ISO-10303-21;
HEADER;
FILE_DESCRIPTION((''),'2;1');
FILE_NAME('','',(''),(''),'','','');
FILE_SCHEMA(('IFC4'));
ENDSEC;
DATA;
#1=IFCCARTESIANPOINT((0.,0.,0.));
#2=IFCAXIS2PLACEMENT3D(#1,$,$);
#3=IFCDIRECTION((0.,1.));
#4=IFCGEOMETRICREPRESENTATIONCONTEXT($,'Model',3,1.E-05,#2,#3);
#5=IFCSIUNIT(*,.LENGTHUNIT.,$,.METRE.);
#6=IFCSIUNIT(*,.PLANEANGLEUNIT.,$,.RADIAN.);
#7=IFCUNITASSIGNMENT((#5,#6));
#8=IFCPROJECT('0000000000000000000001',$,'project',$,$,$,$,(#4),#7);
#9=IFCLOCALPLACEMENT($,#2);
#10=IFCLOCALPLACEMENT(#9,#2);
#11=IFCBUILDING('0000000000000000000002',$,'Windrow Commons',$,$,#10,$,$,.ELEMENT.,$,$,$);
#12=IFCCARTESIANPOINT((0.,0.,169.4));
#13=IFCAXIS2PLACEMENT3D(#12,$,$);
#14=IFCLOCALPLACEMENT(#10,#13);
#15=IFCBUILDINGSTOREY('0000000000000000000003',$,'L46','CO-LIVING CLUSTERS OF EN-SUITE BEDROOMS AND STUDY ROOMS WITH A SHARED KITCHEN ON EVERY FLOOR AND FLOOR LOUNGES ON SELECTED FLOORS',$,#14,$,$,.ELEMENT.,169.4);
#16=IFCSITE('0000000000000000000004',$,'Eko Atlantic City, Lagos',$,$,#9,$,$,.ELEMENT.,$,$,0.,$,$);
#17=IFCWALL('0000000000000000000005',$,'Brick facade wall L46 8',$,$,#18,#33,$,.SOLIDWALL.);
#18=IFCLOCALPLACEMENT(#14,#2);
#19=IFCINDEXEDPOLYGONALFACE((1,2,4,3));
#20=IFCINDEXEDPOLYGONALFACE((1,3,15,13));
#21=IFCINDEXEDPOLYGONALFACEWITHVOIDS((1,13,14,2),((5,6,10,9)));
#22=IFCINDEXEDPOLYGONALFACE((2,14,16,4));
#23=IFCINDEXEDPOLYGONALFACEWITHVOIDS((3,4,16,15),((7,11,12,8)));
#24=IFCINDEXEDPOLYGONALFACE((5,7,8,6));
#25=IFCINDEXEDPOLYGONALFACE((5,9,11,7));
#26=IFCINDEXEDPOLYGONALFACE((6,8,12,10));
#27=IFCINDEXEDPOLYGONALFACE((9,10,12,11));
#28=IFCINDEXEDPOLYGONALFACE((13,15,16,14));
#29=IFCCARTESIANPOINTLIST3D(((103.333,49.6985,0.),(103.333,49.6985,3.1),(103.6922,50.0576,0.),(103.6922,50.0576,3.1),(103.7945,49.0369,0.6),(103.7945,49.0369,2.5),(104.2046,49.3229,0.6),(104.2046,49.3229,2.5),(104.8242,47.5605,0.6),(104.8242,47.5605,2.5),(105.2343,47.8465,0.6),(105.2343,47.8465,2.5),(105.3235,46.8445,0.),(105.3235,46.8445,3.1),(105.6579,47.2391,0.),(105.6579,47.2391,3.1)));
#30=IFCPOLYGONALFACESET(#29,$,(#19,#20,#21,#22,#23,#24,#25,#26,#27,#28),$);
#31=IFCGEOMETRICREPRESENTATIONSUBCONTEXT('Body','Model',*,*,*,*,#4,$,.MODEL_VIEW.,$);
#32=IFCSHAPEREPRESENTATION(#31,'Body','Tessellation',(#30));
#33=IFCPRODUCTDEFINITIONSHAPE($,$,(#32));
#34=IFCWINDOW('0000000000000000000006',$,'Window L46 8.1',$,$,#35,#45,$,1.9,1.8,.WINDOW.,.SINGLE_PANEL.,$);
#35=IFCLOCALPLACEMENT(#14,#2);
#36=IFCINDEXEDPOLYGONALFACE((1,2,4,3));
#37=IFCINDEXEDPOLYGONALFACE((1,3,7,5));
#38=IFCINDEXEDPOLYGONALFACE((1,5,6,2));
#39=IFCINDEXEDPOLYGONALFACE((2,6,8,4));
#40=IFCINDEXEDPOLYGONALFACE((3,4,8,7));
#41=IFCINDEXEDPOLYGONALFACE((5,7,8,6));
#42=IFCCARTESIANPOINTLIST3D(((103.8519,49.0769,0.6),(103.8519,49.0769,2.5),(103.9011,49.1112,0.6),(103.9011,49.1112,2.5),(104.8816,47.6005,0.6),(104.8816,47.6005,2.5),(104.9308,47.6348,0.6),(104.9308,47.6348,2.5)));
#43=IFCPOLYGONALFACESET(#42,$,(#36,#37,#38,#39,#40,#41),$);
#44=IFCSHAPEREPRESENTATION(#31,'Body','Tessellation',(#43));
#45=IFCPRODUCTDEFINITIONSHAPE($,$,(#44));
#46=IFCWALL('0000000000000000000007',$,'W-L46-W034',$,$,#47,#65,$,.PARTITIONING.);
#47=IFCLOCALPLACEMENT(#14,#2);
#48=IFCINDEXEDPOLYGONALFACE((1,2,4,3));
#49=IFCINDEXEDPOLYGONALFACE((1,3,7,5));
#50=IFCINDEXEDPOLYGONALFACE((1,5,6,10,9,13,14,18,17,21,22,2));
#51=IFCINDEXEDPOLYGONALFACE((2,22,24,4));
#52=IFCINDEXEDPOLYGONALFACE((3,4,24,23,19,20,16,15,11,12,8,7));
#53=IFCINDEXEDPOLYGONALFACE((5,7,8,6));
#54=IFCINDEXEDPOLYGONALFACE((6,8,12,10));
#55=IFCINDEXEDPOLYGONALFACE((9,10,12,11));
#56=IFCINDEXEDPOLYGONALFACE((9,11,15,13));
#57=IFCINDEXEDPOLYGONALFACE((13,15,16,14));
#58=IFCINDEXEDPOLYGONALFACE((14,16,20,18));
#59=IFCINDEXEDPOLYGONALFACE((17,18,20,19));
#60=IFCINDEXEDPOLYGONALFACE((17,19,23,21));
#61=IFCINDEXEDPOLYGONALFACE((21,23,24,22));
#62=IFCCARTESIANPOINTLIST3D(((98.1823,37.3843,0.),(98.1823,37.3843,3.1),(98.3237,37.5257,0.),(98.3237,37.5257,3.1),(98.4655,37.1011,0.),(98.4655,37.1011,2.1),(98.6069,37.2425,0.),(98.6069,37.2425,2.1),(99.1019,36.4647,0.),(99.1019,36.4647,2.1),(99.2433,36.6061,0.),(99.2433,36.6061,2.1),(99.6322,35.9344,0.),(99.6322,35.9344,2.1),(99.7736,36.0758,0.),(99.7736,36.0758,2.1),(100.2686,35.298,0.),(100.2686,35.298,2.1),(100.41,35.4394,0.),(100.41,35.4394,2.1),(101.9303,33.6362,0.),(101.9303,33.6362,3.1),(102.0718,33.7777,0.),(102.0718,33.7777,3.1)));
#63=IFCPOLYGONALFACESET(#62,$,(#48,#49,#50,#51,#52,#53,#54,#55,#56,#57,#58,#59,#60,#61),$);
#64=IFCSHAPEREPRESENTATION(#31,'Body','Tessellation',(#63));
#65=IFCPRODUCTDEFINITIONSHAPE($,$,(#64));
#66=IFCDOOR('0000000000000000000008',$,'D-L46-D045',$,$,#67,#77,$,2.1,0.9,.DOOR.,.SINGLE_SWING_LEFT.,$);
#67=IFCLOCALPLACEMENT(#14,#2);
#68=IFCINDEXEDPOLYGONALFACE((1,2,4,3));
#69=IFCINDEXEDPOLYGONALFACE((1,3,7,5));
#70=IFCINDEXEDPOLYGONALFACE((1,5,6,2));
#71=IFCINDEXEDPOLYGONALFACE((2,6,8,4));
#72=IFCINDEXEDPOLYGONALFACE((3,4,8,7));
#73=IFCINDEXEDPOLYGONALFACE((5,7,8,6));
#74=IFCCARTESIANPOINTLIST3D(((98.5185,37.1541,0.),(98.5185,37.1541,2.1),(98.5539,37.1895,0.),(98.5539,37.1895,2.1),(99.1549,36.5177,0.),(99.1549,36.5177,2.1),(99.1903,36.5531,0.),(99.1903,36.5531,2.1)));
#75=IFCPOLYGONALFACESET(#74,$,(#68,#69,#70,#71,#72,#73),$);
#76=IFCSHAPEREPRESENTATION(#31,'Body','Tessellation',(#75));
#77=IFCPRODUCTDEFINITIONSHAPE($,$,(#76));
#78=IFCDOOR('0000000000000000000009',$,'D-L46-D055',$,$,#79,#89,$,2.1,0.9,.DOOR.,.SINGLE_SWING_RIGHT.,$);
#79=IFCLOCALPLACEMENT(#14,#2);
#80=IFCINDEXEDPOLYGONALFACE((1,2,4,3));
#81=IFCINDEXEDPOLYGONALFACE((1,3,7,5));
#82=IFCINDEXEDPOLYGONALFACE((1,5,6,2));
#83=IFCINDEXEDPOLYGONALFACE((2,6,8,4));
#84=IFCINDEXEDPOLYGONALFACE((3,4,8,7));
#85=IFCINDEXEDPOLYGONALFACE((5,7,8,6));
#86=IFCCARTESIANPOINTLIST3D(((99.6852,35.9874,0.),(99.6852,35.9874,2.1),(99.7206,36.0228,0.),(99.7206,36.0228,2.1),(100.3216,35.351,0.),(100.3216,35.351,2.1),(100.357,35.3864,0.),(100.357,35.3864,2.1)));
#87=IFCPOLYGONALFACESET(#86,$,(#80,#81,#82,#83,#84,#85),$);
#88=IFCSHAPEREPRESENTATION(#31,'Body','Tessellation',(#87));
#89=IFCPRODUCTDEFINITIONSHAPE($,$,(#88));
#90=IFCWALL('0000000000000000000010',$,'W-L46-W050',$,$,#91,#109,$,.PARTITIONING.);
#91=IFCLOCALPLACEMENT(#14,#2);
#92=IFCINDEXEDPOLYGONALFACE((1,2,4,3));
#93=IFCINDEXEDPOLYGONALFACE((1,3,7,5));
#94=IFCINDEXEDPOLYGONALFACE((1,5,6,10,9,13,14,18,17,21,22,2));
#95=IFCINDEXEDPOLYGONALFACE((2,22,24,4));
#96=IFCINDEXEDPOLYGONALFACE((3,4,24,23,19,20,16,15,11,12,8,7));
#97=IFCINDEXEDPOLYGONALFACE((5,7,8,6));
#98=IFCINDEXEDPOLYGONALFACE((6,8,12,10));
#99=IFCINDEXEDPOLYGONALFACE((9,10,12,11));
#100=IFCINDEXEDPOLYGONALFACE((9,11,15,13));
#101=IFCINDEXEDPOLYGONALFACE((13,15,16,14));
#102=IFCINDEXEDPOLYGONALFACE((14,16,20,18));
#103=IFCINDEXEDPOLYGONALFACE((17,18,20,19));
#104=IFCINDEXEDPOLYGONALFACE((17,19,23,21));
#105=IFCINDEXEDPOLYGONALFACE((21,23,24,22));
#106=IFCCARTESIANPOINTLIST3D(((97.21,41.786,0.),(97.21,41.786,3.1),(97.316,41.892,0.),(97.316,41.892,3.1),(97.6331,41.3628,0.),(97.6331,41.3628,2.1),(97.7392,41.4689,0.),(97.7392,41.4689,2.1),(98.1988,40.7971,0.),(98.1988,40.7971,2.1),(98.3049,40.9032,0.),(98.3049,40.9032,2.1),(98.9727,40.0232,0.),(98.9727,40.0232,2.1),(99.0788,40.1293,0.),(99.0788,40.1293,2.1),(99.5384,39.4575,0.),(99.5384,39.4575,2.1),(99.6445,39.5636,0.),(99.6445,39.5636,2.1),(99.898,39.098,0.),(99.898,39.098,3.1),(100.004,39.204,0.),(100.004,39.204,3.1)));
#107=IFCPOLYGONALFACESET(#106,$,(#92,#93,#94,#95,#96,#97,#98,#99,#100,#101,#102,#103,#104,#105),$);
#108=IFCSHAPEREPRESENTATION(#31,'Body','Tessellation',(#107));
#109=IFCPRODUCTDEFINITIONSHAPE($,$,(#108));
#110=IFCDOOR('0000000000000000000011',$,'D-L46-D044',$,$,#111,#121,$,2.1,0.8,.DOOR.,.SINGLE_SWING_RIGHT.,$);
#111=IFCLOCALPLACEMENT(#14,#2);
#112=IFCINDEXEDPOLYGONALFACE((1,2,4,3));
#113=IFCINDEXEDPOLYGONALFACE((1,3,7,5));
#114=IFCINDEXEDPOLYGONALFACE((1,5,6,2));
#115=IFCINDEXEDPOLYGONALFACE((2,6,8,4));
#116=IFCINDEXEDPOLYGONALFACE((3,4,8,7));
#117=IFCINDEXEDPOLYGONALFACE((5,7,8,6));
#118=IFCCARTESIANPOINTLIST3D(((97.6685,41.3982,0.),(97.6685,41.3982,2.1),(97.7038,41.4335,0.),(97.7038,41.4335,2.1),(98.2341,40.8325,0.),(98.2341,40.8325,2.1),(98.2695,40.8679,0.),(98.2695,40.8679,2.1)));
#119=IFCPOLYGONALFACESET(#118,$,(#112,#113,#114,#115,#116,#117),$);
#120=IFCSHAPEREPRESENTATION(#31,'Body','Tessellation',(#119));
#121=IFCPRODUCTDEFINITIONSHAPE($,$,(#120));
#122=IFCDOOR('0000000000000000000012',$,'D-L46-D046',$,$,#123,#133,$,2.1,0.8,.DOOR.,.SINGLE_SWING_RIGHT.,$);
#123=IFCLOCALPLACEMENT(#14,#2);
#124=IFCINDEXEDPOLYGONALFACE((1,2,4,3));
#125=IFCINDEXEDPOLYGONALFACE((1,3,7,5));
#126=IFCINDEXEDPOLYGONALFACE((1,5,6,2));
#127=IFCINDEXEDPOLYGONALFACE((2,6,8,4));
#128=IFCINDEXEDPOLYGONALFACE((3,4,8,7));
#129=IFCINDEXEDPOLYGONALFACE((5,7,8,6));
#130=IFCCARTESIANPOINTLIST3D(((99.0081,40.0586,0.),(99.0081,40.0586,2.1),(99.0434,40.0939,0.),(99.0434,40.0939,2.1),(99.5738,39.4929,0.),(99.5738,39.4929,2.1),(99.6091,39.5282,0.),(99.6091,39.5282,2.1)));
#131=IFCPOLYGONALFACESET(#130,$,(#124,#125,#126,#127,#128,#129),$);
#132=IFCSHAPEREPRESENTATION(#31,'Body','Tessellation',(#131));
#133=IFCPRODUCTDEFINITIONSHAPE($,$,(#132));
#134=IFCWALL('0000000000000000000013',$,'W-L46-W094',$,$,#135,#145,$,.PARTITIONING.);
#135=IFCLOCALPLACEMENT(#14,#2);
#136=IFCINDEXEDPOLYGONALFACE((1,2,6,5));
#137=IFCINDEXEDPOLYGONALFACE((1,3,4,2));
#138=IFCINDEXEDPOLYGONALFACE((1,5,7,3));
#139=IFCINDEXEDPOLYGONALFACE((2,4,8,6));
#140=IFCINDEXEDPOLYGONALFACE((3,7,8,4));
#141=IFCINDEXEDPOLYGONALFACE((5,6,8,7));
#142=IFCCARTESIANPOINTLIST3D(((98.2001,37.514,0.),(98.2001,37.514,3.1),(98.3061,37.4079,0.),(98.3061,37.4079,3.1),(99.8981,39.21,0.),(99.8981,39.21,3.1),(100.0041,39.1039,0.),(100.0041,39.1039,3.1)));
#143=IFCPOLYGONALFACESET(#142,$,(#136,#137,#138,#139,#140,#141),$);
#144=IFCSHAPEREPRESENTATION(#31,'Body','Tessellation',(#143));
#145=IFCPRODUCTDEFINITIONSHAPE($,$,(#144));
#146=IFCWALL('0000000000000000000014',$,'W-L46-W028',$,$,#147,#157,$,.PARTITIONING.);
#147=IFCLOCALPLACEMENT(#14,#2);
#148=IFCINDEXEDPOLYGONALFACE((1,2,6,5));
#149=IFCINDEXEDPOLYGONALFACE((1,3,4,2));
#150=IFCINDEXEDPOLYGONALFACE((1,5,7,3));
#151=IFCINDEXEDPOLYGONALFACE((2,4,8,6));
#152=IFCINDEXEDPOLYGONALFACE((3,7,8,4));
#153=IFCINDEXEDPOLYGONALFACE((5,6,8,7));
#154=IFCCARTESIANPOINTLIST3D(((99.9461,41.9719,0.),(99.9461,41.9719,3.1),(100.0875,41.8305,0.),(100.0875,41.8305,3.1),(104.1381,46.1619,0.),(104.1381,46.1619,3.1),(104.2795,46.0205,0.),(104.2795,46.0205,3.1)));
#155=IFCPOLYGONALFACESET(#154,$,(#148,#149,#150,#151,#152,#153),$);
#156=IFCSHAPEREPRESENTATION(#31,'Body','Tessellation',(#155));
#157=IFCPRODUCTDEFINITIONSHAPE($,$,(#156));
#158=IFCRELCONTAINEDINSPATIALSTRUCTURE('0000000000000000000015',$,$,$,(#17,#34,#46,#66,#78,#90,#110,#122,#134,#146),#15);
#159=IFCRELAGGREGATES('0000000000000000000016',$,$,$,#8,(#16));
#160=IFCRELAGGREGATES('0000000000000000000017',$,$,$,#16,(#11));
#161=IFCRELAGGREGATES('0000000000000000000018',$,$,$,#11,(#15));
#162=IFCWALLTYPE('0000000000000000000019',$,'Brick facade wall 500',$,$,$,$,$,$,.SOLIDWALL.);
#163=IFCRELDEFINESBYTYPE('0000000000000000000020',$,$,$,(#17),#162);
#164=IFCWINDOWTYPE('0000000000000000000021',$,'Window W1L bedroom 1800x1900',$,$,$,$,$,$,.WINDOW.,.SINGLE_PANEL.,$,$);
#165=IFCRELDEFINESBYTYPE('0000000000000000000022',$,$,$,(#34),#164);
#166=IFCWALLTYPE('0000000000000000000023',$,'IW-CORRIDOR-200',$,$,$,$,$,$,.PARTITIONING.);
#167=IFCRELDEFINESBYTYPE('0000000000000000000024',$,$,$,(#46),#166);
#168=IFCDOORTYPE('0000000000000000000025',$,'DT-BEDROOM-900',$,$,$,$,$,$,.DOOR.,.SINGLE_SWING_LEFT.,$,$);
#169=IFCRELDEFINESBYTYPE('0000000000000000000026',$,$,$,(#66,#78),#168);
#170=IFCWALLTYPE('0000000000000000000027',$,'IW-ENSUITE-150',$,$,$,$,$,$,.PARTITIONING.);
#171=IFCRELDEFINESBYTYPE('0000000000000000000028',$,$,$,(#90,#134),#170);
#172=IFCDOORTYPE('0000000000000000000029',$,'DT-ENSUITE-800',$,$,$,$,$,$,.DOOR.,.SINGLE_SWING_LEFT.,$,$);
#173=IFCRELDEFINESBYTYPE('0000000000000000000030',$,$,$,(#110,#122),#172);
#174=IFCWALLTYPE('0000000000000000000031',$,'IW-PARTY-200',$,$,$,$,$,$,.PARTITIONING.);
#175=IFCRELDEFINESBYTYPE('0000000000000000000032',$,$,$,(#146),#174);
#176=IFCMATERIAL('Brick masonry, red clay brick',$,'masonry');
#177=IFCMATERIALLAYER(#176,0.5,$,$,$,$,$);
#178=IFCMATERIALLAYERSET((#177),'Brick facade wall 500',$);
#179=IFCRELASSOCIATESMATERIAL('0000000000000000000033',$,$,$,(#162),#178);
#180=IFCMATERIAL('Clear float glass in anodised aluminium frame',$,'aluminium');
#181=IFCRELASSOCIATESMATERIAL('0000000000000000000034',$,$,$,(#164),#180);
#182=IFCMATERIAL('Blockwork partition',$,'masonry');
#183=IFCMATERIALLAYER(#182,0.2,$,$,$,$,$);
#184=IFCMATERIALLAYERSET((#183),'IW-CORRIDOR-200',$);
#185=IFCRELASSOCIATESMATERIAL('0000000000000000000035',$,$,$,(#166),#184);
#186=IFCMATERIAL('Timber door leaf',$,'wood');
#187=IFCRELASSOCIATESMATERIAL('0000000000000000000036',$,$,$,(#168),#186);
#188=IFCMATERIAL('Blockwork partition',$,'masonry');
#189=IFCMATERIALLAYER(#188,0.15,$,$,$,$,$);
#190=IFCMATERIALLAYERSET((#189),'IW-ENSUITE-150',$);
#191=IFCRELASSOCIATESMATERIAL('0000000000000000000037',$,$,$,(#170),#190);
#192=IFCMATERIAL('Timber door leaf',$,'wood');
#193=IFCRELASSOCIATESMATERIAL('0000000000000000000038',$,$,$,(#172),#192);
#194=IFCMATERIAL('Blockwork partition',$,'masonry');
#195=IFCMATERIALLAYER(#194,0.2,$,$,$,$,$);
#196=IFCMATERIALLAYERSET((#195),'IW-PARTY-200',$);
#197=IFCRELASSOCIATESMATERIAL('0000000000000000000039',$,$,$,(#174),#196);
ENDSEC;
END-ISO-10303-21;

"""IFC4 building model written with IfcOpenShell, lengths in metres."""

from ifc_helpers import new_model, si_unit, direction, frame, frame_2d, origin, place, context, subcontext, project, spatial, polyline, rectangle, outline, extrude, material, layer, layer_set, type_object, element, fill, save


model = new_model("IFC4")

# Units and contexts
model_context = context("Model", 3, precision=1e-05, world=origin(), true_north=direction((0.0, 1.0)))
body_context = subcontext(model_context, "Body", "Model", "MODEL_VIEW")
ifc_project = project(units=[si_unit("LENGTHUNIT", "METRE"), si_unit("PLANEANGLEUNIT", "RADIAN")], contexts=[model_context])

# Site, building, storey
site_placement = place(None, origin())
site = spatial("IfcSite", under=ifc_project, at=site_placement, Name="Eko Atlantic City, Lagos", CompositionType="ELEMENT", RefElevation=0.0)
building_placement = place(site_placement, origin())
building = spatial("IfcBuilding", under=site, at=building_placement, Name="Windrow Commons", CompositionType="ELEMENT")
storey_placement = place(building_placement, frame((0.0, 0.0, 169.4)))
storey = spatial("IfcBuildingStorey", under=building, at=storey_placement, Name="L46", Description="CO-LIVING CLUSTERS OF EN-SUITE BEDROOMS AND STUDY ROOMS WITH A SHARED KITCHEN ON EVERY FLOOR AND FLOOR LOUNGES ON SELECTED FLOORS", CompositionType="ELEMENT", Elevation=169.4)

# Shared definitions
ifc_material_1 = material(Name="Brick masonry, red clay brick", Category="masonry")
ifc_layer_1 = layer(ifc_material_1, 0.5)
ifc_layer_set_1 = layer_set([ifc_layer_1], Name="Brick facade wall 500")
wall_type_1 = type_object("IfcWallType", Name="Brick facade wall 500", PredefinedType="SOLIDWALL", material=ifc_layer_set_1)
ifc_material_2 = material(Name="Clear float glass in anodised aluminium frame", Category="aluminium")
window_type_1 = type_object("IfcWindowType", Name="Window W1L bedroom 1800x1900", PartitioningType="SINGLE_PANEL", PredefinedType="WINDOW", material=ifc_material_2)

# Wall, opening, window
wall_1_placement = place(storey_placement, frame((105.4907, 47.0418, 0.0), z_axis=(0.0, 0.0, 1.0), x_axis=(-0.572043, 0.820224, 0.0)))
wall_1 = element("IfcWall", 1, at=wall_1_placement, inside=storey, type_object=wall_type_1, Name="Brick facade wall L46 8", PredefinedType="SOLIDWALL", context=body_context, shape_type="SweptSolid", body=[
    extrude(outline(polyline([(0.0662, -0.25), (3.5025, -0.25), (3.4134, 0.25), (-0.0662, 0.25), (0.0662, -0.25)])), origin(), (0.0, 0.0, 1.0), 3.1),
])
opening_1_placement = place(wall_1_placement, frame((0.8067, 0.0, 0.6)))
opening_1 = element("IfcOpeningElement", 2, at=opening_1_placement, cuts=wall_1, PredefinedType="OPENING", context=body_context, shape_type="SweptSolid", body=[
    extrude(rectangle(XDim=1.8, YDim=1.9, at=frame_2d((0.9, 0.95))), frame((0.0, 0.26, 0.0), z_axis=(0.0, -1.0, 0.0), x_axis=(1.0, 0.0, 0.0)), (0.0, 0.0, 1.0), 0.52),
])
window_1_placement = place(opening_1_placement, origin())
window_1 = element("IfcWindow", 3, at=window_1_placement, inside=storey, type_object=window_type_1, Name="Window L46 8.1", OverallHeight=1.9, OverallWidth=1.8, PartitioningType="SINGLE_PANEL", PredefinedType="WINDOW", context=body_context, shape_type="SweptSolid", body=[
    extrude(rectangle(XDim=1.8, YDim=1.9, at=frame_2d((0.9, 0.95))), frame((0.0, 0.18, 0.0), z_axis=(0.0, -1.0, 0.0), x_axis=(1.0, 0.0, 0.0)), (0.0, 0.0, 1.0), 0.06),
])
fill(opening_1, window_1)

# Walls, openings, doors
ifc_material_3 = material(Name="Blockwork partition", Category="masonry")
ifc_layer_2 = layer(ifc_material_3, 0.2)
ifc_layer_set_2 = layer_set([ifc_layer_2], Name="IW-CORRIDOR-200")
wall_type_2 = type_object("IfcWallType", Name="IW-CORRIDOR-200", PredefinedType="PARTITIONING", material=ifc_layer_set_2)
wall_2_placement = place(storey_placement, frame((98.253, 37.455, 0.0), z_axis=(0.0, 0.0, 1.0), x_axis=(0.707107, -0.707107, 0.0)))
wall_2 = element("IfcWall", 4, at=wall_2_placement, inside=storey, type_object=wall_type_2, Name="W-L46-W034", PredefinedType="PARTITIONING", context=body_context, shape_type="SweptSolid", body=[
    extrude(rectangle(XDim=5.3005, YDim=0.2, at=frame_2d((2.6503, 0.0))), origin(), (0.0, 0.0, 1.0), 3.1),
])
opening_2_placement = place(wall_2_placement, frame((0.4005, 0.0, 0.0)))
opening_2 = element("IfcOpeningElement", 5, at=opening_2_placement, cuts=wall_2, PredefinedType="OPENING", context=body_context, shape_type="SweptSolid", body=[
    extrude(rectangle(XDim=0.9, YDim=2.1, at=frame_2d((0.45, 1.05))), frame((0.0, 0.11, 0.0), z_axis=(0.0, -1.0, 0.0), x_axis=(1.0, 0.0, 0.0)), (0.0, 0.0, 1.0), 0.22),
])
opening_3_placement = place(wall_2_placement, frame((2.0505, 0.0, 0.0)))
opening_3 = element("IfcOpeningElement", 6, at=opening_3_placement, cuts=wall_2, PredefinedType="OPENING", context=body_context, shape_type="SweptSolid", body=[
    extrude(rectangle(XDim=0.9, YDim=2.1, at=frame_2d((0.45, 1.05))), frame((0.0, 0.11, 0.0), z_axis=(0.0, -1.0, 0.0), x_axis=(1.0, 0.0, 0.0)), (0.0, 0.0, 1.0), 0.22),
])
ifc_material_4 = material(Name="Timber door leaf", Category="wood")
door_type_1 = type_object("IfcDoorType", Name="DT-BEDROOM-900", OperationType="SINGLE_SWING_LEFT", PredefinedType="DOOR", material=ifc_material_4)
door_1_placement = place(opening_2_placement, origin())
door_1 = element("IfcDoor", 7, at=door_1_placement, inside=storey, type_object=door_type_1, Name="D-L46-D045", OperationType="SINGLE_SWING_LEFT", OverallHeight=2.1, OverallWidth=0.9, PredefinedType="DOOR", context=body_context, shape_type="SweptSolid", body=[
    extrude(rectangle(XDim=0.9, YDim=2.1, at=frame_2d((0.45, 1.05))), frame((0.0, 0.025, 0.0), z_axis=(0.0, -1.0, 0.0), x_axis=(1.0, 0.0, 0.0)), (0.0, 0.0, 1.0), 0.05),
])
fill(opening_2, door_1)
door_2_placement = place(opening_3_placement, origin())
door_2 = element("IfcDoor", 8, at=door_2_placement, inside=storey, type_object=door_type_1, Name="D-L46-D055", OperationType="SINGLE_SWING_RIGHT", OverallHeight=2.1, OverallWidth=0.9, PredefinedType="DOOR", context=body_context, shape_type="SweptSolid", body=[
    extrude(rectangle(XDim=0.9, YDim=2.1, at=frame_2d((0.45, 1.05))), frame((0.0, 0.025, 0.0), z_axis=(0.0, -1.0, 0.0), x_axis=(1.0, 0.0, 0.0)), (0.0, 0.0, 1.0), 0.05),
])
fill(opening_3, door_2)
ifc_material_5 = material(Name="Blockwork partition", Category="masonry")
ifc_layer_3 = layer(ifc_material_5, 0.15)
ifc_layer_set_3 = layer_set([ifc_layer_3], Name="IW-ENSUITE-150")
wall_type_3 = type_object("IfcWallType", Name="IW-ENSUITE-150", PredefinedType="PARTITIONING", material=ifc_layer_set_3)
wall_3_placement = place(storey_placement, frame((97.263, 41.839, 0.0), z_axis=(0.0, 0.0, 1.0), x_axis=(0.707107, -0.707107, 0.0)))
wall_3 = element("IfcWall", 9, at=wall_3_placement, inside=storey, type_object=wall_type_3, Name="W-L46-W050", PredefinedType="PARTITIONING", context=body_context, shape_type="SweptSolid", body=[
    extrude(rectangle(XDim=3.8014, YDim=0.15, at=frame_2d((1.9007, 0.0))), origin(), (0.0, 0.0, 1.0), 3.1),
])
opening_4_placement = place(wall_3_placement, frame((0.5984, 0.0, 0.0)))
opening_4 = element("IfcOpeningElement", 10, at=opening_4_placement, cuts=wall_3, PredefinedType="OPENING", context=body_context, shape_type="SweptSolid", body=[
    extrude(rectangle(XDim=0.8, YDim=2.1, at=frame_2d((0.4, 1.05))), frame((0.0, 0.085, 0.0), z_axis=(0.0, -1.0, 0.0), x_axis=(1.0, 0.0, 0.0)), (0.0, 0.0, 1.0), 0.17),
])
opening_5_placement = place(wall_3_placement, frame((2.4929, 0.0, 0.0)))
opening_5 = element("IfcOpeningElement", 11, at=opening_5_placement, cuts=wall_3, PredefinedType="OPENING", context=body_context, shape_type="SweptSolid", body=[
    extrude(rectangle(XDim=0.8, YDim=2.1, at=frame_2d((0.4, 1.05))), frame((0.0, 0.085, 0.0), z_axis=(0.0, -1.0, 0.0), x_axis=(1.0, 0.0, 0.0)), (0.0, 0.0, 1.0), 0.17),
])
ifc_material_6 = material(Name="Timber door leaf", Category="wood")
door_type_2 = type_object("IfcDoorType", Name="DT-ENSUITE-800", OperationType="SINGLE_SWING_LEFT", PredefinedType="DOOR", material=ifc_material_6)
door_3_placement = place(opening_4_placement, origin())
door_3 = element("IfcDoor", 12, at=door_3_placement, inside=storey, type_object=door_type_2, Name="D-L46-D044", OperationType="SINGLE_SWING_RIGHT", OverallHeight=2.1, OverallWidth=0.8, PredefinedType="DOOR", context=body_context, shape_type="SweptSolid", body=[
    extrude(rectangle(XDim=0.8, YDim=2.1, at=frame_2d((0.4, 1.05))), frame((0.0, 0.025, 0.0), z_axis=(0.0, -1.0, 0.0), x_axis=(1.0, 0.0, 0.0)), (0.0, 0.0, 1.0), 0.05),
])
fill(opening_4, door_3)
door_4_placement = place(opening_5_placement, origin())
door_4 = element("IfcDoor", 13, at=door_4_placement, inside=storey, type_object=door_type_2, Name="D-L46-D046", OperationType="SINGLE_SWING_RIGHT", OverallHeight=2.1, OverallWidth=0.8, PredefinedType="DOOR", context=body_context, shape_type="SweptSolid", body=[
    extrude(rectangle(XDim=0.8, YDim=2.1, at=frame_2d((0.4, 1.05))), frame((0.0, 0.025, 0.0), z_axis=(0.0, -1.0, 0.0), x_axis=(1.0, 0.0, 0.0)), (0.0, 0.0, 1.0), 0.05),
])
fill(opening_5, door_4)

# Walls
wall_4_placement = place(storey_placement, frame((98.2531, 37.4609, 0.0), z_axis=(0.0, 0.0, 1.0), x_axis=(0.707523, 0.70669, 0.0)))
element("IfcWall", 14, at=wall_4_placement, inside=storey, type_object=wall_type_3, Name="W-L46-W094", PredefinedType="PARTITIONING", context=body_context, shape_type="SweptSolid", body=[
    extrude(rectangle(XDim=2.3999, YDim=0.15, at=frame_2d((1.2, 0.0))), origin(), (0.0, 0.0, 1.0), 3.1),
])
ifc_material_7 = material(Name="Blockwork partition", Category="masonry")
ifc_layer_4 = layer(ifc_material_7, 0.2)
ifc_layer_set_4 = layer_set([ifc_layer_4], Name="IW-PARTY-200")
wall_type_4 = type_object("IfcWallType", Name="IW-PARTY-200", PredefinedType="PARTITIONING", material=ifc_layer_set_4)
wall_5_placement = place(storey_placement, frame((100.0168, 41.9012, 0.0), z_axis=(0.0, 0.0, 1.0), x_axis=(0.707275, 0.706938, 0.0)))
element("IfcWall", 15, at=wall_5_placement, inside=storey, type_object=wall_type_4, Name="W-L46-W028", PredefinedType="PARTITIONING", context=body_context, shape_type="SweptSolid", body=[
    extrude(rectangle(XDim=5.927, YDim=0.2, at=frame_2d((2.9635, 0.0))), origin(), (0.0, 0.0, 1.0), 3.1),
])

save(model, "model.ifc")
